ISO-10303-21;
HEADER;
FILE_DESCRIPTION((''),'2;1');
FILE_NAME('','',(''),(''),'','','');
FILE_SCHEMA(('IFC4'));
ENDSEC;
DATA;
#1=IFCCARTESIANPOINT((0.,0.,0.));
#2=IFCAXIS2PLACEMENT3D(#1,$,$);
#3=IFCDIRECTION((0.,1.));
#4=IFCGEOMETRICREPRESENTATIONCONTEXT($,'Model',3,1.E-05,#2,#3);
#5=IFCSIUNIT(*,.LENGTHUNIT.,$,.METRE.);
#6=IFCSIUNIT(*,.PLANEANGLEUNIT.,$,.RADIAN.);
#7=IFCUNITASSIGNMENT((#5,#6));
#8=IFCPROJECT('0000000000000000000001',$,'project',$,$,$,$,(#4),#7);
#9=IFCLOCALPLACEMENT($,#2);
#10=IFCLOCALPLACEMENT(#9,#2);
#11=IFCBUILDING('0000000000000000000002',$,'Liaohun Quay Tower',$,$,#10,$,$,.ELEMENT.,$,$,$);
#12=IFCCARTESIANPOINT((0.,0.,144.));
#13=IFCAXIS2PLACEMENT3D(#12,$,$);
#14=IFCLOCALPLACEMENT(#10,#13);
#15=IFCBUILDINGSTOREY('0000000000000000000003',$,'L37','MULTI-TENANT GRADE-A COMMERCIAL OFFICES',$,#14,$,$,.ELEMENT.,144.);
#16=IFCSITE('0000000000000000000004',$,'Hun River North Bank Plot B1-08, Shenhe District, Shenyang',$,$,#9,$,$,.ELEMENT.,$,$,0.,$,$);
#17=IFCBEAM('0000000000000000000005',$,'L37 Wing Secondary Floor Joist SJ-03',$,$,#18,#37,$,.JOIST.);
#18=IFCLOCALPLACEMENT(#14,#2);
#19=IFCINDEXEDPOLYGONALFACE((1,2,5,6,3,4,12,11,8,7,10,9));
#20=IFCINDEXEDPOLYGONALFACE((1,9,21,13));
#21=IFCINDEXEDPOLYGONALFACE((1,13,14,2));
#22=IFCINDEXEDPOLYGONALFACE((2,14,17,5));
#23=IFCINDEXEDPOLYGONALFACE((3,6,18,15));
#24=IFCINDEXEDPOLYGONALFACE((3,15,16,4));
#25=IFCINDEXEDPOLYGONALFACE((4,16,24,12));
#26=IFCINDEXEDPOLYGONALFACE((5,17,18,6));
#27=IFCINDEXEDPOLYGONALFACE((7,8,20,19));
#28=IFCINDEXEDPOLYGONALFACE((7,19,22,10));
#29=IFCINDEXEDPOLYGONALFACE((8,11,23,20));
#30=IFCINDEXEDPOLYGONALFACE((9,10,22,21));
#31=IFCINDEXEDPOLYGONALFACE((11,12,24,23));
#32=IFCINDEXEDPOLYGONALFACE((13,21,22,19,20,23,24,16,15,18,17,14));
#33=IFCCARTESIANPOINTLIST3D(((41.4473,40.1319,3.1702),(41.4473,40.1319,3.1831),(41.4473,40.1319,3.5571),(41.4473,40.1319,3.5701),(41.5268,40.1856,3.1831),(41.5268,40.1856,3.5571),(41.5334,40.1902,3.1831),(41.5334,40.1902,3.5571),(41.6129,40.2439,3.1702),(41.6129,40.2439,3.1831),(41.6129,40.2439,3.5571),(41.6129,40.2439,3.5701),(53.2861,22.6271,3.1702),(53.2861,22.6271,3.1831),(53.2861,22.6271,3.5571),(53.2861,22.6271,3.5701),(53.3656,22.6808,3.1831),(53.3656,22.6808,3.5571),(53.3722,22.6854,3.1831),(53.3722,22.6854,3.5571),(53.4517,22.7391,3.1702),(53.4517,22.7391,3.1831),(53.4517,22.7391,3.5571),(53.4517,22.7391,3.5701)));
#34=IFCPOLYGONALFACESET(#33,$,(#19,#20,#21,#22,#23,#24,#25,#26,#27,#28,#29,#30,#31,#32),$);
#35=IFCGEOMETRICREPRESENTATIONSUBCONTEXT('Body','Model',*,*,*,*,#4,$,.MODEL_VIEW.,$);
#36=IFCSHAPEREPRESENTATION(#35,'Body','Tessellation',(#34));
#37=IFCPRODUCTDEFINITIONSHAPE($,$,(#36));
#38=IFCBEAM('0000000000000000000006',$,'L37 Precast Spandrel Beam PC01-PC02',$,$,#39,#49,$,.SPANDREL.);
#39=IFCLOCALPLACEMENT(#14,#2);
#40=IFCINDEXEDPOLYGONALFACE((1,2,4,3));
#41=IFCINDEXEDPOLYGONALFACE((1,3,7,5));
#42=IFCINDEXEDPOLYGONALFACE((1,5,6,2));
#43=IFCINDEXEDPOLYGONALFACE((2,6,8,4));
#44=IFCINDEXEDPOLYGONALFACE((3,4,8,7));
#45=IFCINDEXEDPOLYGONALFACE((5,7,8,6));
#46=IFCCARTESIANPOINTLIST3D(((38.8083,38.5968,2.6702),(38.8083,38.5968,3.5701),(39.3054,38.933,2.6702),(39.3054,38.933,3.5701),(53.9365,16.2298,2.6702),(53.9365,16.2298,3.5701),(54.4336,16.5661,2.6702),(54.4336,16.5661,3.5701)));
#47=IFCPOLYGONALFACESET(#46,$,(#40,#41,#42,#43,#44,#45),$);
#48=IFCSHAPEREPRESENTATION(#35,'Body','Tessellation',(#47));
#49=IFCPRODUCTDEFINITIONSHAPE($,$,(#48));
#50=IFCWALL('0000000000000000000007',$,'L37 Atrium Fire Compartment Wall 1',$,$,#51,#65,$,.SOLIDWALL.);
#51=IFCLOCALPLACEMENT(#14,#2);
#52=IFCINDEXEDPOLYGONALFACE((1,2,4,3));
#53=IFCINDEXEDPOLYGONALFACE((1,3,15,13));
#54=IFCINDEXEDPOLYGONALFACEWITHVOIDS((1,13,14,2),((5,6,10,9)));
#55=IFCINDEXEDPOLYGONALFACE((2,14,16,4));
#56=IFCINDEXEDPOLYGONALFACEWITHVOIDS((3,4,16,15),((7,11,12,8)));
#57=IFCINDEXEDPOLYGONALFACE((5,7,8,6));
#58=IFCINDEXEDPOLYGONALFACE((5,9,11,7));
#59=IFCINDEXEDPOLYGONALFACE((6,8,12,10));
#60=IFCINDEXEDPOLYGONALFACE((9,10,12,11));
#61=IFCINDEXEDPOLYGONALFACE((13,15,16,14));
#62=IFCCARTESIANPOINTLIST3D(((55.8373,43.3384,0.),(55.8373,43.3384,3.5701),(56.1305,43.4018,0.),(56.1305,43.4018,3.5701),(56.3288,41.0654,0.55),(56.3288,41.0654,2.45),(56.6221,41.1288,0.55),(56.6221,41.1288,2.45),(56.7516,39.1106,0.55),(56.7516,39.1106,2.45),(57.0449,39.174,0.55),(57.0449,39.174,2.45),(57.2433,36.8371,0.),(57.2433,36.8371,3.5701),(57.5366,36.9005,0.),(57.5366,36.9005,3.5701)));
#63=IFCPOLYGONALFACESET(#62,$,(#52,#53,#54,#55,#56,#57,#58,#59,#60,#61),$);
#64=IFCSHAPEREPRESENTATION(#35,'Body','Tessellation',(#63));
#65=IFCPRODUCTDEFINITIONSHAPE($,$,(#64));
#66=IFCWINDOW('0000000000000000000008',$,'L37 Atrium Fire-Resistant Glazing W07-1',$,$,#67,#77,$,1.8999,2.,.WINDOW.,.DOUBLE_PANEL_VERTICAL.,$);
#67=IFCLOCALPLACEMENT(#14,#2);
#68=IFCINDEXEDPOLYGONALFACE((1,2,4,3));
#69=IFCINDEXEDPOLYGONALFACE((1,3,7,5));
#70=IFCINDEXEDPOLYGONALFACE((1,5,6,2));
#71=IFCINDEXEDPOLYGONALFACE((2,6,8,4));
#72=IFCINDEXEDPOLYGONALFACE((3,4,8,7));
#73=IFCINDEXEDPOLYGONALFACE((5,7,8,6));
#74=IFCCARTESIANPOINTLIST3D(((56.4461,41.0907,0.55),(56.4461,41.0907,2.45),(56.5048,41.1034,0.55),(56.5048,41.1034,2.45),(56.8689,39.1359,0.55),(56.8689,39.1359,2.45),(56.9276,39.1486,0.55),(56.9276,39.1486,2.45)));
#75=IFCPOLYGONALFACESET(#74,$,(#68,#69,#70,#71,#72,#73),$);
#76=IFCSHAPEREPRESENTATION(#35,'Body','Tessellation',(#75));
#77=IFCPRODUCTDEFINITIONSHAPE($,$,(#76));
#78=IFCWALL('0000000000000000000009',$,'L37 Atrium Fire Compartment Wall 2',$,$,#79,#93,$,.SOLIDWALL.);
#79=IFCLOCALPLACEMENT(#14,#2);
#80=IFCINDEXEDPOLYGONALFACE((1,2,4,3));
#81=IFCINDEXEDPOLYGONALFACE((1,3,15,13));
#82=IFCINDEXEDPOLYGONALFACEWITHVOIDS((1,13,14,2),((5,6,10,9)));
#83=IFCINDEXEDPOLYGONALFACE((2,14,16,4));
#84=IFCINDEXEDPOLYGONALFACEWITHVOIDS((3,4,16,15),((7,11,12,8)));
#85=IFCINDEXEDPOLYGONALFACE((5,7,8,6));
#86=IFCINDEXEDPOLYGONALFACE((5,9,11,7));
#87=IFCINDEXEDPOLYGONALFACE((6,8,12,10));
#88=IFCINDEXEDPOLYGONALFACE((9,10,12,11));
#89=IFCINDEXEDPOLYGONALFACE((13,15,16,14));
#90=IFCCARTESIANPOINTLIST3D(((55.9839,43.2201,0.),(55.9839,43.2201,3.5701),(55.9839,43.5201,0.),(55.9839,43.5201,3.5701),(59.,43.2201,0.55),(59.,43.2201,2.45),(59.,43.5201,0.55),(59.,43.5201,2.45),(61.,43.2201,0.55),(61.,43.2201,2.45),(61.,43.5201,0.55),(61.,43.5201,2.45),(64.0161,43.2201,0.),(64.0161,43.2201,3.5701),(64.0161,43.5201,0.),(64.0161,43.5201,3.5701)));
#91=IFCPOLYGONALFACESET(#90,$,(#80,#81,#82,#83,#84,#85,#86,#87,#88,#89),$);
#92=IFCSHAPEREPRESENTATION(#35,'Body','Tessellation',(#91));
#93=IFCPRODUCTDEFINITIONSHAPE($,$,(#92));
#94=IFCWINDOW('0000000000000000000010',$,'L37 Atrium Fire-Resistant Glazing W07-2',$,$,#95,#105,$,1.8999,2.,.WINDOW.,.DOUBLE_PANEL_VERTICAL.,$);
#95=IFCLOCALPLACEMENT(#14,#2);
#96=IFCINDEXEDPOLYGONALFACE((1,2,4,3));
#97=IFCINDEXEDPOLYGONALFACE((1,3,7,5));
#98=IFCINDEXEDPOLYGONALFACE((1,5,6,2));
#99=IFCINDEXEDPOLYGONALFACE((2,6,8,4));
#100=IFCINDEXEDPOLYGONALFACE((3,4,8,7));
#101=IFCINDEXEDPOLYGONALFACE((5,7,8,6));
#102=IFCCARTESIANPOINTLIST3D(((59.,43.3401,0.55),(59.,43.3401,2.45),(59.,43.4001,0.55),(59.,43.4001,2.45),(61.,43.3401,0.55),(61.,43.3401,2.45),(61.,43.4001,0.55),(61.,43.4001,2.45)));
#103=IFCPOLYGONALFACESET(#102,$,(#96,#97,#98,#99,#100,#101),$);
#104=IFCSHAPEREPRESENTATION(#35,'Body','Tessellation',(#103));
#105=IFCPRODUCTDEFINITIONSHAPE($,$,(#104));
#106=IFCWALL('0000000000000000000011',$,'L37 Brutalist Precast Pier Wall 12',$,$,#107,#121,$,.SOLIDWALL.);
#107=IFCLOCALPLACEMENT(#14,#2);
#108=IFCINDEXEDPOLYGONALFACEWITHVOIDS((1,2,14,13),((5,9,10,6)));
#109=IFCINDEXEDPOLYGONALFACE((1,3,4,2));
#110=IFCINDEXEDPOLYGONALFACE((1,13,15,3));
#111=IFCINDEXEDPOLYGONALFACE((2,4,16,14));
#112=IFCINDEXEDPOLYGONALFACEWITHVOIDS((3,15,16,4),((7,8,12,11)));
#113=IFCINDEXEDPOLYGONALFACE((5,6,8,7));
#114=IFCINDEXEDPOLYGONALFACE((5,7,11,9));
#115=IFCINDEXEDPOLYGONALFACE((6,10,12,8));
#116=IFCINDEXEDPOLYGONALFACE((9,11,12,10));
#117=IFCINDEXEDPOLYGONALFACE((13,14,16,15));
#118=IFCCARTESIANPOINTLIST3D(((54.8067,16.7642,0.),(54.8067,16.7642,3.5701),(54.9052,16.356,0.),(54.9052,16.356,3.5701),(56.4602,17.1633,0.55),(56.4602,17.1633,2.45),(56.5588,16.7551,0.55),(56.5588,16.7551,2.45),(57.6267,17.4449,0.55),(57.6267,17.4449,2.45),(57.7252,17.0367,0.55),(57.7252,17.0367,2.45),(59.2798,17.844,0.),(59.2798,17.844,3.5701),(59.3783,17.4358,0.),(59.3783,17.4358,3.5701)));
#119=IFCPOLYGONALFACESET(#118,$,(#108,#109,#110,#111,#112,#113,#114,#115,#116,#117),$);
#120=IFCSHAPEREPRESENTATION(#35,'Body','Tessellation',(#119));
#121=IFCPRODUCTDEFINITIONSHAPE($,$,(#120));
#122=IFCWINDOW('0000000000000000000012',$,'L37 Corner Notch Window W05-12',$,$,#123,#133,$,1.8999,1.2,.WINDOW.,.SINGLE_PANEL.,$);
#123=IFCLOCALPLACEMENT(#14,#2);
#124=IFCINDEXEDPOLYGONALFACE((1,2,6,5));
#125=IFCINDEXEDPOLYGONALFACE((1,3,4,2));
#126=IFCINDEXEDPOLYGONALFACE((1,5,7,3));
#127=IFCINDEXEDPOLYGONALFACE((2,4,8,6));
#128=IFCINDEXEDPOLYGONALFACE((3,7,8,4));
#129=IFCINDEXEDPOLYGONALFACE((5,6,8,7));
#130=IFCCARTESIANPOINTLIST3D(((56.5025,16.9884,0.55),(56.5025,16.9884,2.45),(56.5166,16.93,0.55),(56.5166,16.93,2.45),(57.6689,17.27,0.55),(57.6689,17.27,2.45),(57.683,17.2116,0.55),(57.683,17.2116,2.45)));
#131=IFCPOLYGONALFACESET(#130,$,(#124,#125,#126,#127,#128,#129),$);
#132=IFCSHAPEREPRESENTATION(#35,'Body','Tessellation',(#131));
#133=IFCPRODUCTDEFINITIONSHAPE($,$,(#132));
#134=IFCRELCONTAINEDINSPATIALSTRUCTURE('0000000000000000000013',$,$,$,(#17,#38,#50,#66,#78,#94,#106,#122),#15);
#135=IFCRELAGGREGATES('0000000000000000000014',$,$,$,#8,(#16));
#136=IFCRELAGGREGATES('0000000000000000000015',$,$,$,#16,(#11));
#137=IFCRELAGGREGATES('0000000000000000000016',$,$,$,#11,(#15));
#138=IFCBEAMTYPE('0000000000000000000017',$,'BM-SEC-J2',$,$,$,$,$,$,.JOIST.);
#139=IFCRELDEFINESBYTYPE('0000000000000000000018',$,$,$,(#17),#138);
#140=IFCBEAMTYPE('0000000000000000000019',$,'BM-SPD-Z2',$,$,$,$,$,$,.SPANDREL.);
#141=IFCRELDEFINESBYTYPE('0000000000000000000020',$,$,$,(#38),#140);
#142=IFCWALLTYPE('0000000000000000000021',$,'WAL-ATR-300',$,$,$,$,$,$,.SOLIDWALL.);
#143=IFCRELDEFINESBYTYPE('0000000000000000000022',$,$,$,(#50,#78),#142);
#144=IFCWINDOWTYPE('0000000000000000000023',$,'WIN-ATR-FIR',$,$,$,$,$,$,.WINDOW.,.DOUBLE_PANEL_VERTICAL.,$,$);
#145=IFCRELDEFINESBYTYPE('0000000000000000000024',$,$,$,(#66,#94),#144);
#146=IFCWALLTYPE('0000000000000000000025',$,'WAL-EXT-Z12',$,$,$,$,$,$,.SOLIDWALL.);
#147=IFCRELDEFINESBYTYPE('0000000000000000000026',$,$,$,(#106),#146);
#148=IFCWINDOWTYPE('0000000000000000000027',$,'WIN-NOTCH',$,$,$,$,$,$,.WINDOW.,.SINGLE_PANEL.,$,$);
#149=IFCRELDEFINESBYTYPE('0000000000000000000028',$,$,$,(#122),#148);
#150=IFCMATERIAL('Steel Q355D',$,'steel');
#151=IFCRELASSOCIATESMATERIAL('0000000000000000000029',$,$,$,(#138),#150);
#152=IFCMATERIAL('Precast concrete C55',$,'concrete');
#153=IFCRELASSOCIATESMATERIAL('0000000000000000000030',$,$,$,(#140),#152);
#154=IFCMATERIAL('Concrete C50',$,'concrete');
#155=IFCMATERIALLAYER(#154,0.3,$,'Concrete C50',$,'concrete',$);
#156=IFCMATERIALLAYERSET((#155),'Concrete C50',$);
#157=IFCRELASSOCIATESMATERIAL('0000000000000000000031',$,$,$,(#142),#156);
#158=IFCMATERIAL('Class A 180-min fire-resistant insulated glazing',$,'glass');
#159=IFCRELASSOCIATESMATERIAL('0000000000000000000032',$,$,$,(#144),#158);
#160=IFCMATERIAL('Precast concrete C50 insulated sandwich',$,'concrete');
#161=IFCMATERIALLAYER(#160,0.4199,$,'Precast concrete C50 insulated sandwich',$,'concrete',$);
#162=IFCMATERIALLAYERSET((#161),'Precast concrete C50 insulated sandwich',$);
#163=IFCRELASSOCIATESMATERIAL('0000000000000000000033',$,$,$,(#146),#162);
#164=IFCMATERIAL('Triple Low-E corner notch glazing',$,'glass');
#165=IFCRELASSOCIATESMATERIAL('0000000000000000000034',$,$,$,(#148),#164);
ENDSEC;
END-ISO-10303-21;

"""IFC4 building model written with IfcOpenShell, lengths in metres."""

from ifc_helpers import new_model, si_unit, direction, frame, frame_2d, origin, origin_2d, place, context, subcontext, project, spatial, rectangle, i_section, extrude, source, transform, mapped, material, layer, layer_set, material_profile, profile_set, type_object, element, fill, save


model = new_model("IFC4")

# Units and contexts
model_context = context("Model", 3, precision=1e-05, world=origin(), true_north=direction((0.0, 1.0)))
body_context = subcontext(model_context, "Body", "Model", "MODEL_VIEW")
ifc_project = project(units=[si_unit("LENGTHUNIT", "METRE"), si_unit("PLANEANGLEUNIT", "RADIAN")], contexts=[model_context])

# Site, building, storey
site_placement = place(None, origin())
site = spatial("IfcSite", under=ifc_project, at=site_placement, Name="Hun River North Bank Plot B1-08, Shenhe District, Shenyang", CompositionType="ELEMENT", RefElevation=0.0)
building_placement = place(site_placement, origin())
building = spatial("IfcBuilding", under=site, at=building_placement, Name="Liaohun Quay Tower", CompositionType="ELEMENT")
storey_placement = place(building_placement, frame((0.0, 0.0, 144.0)))
storey = spatial("IfcBuildingStorey", under=building, at=storey_placement, Name="L37", Description="MULTI-TENANT GRADE-A COMMERCIAL OFFICES", CompositionType="ELEMENT", Elevation=144.0)

# Beams
ifc_material_1 = material(Name="Steel Q355D", Category="steel")
ifc_material_profile_1 = material_profile(ifc_material_1, i_section(OverallWidth=0.2, OverallDepth=0.3999, WebThickness=0.0081, FlangeThickness=0.0129, at=origin_2d()), Name="HN400x200x8x13")
ifc_profile_set_1 = profile_set([ifc_material_profile_1], Name="Steel Q355D")
beam_type_1 = type_object("IfcBeamType", Name="BM-SEC-J2", PredefinedType="JOIST", material=ifc_profile_set_1)
shared_shape_1 = source(origin(), body_context, "Body", "SweptSolid", [
    extrude(i_section(OverallWidth=0.2, OverallDepth=0.3999, WebThickness=0.0081, FlangeThickness=0.0129, at=origin_2d()), origin(), (0.0, 0.0, 1.0), 21.1323),
])
beam_1_placement = place(storey_placement, frame((53.3689, 22.6831, 3.3701), z_axis=(-0.560223, 0.828342, 0.0), x_axis=(-0.828342, -0.560223, 0.0)))
element("IfcBeam", 1, at=beam_1_placement, inside=storey, type_object=beam_type_1, Name="L37 Wing Secondary Floor Joist SJ-03", PredefinedType="JOIST", context=body_context, shape_type="MappedRepresentation", body=[
    mapped(shared_shape_1, transform((0.0, 0.0, 0.0), x_axis=(1.0, 0.0, 0.0), y_axis=(0.0, 1.0, 0.0), z_axis=(0.0, 0.0, 1.0), scale=1.0)),
])
ifc_material_2 = material(Name="Precast concrete C55", Category="concrete")
ifc_material_profile_2 = material_profile(ifc_material_2, rectangle(XDim=0.6001, YDim=0.8999, at=origin_2d()), Name="RC600x900")
ifc_profile_set_2 = profile_set([ifc_material_profile_2], Name="Precast concrete C55")
beam_type_2 = type_object("IfcBeamType", Name="BM-SPD-Z2", PredefinedType="SPANDREL", material=ifc_profile_set_2)
shared_shape_2 = source(origin(), body_context, "Body", "SweptSolid", [
    extrude(rectangle(XDim=0.6001, YDim=0.8999, at=origin_2d()), origin(), (0.0, 0.0, 1.0), 27.0027),
])
beam_2_placement = place(storey_placement, frame((54.1851, 16.3979, 3.1201), z_axis=(-0.560248, 0.828325, 0.0), x_axis=(-0.828325, -0.560248, 0.0)))
element("IfcBeam", 2, at=beam_2_placement, inside=storey, type_object=beam_type_2, Name="L37 Precast Spandrel Beam PC01-PC02", PredefinedType="SPANDREL", context=body_context, shape_type="MappedRepresentation", body=[
    mapped(shared_shape_2, transform((0.0, 0.0, 0.0), x_axis=(1.0, 0.0, 0.0), y_axis=(0.0, 1.0, 0.0), z_axis=(0.0, 0.0, 1.0), scale=1.0)),
])

# Walls, openings, windows
ifc_material_3 = material(Name="Concrete C50", Category="concrete")
ifc_layer_1 = layer(ifc_material_3, 0.3, Name="Concrete C50", Category="concrete")
ifc_layer_set_1 = layer_set([ifc_layer_1], Name="Concrete C50")
wall_type_1 = type_object("IfcWallType", Name="WAL-ATR-300", PredefinedType="SOLIDWALL", material=ifc_layer_set_1)
wall_1_placement = place(storey_placement, frame((57.3899, 36.8689, 0.0), z_axis=(0.0, 0.0, 1.0), x_axis=(-0.211381, 0.977404, 0.0)))
wall_1 = element("IfcWall", 3, at=wall_1_placement, inside=storey, type_object=wall_type_1, Name="L37 Atrium Fire Compartment Wall 1", PredefinedType="SOLIDWALL", context=body_context, shape_type="SweptSolid", body=[
    extrude(rectangle(XDim=6.6516, YDim=0.3, at=frame_2d((3.3257, 0.0))), origin(), (0.0, 0.0, 1.0), 3.5701),
])
shared_shape_3 = source(origin(), body_context, "Body", "SweptSolid", [
    extrude(rectangle(XDim=2.0, YDim=1.8999, at=frame_2d((1.0, 0.95))), frame((0.0, 0.1599, 0.0), z_axis=(0.0, -1.0, 0.0), x_axis=(1.0, 0.0, 0.0)), (0.0, 0.0, 1.0), 0.3201),
])
opening_1_placement = place(wall_1_placement, frame((2.3259, 0.0, 0.55)))
opening_1 = element("IfcOpeningElement", 4, at=opening_1_placement, cuts=wall_1, PredefinedType="OPENING", context=body_context, shape_type="MappedRepresentation", body=[
    mapped(shared_shape_3, transform((0.0, 0.0, 0.0), x_axis=(1.0, 0.0, 0.0), y_axis=(0.0, 1.0, 0.0), z_axis=(0.0, 0.0, 1.0), scale=1.0)),
])
ifc_material_4 = material(Name="Class A 180-min fire-resistant insulated glazing", Category="glass")
window_type_1 = type_object("IfcWindowType", Name="WIN-ATR-FIR", PartitioningType="DOUBLE_PANEL_VERTICAL", PredefinedType="WINDOW", material=ifc_material_4)
shared_shape_4 = source(origin(), body_context, "Body", "SweptSolid", [
    extrude(rectangle(XDim=2.0, YDim=1.8999, at=frame_2d((1.0, 0.95))), frame((0.0, 0.03, 0.0), z_axis=(0.0, -1.0, 0.0), x_axis=(1.0, 0.0, 0.0)), (0.0, 0.0, 1.0), 0.0601),
])
window_1_placement = place(opening_1_placement, origin())
window_1 = element("IfcWindow", 5, at=window_1_placement, inside=storey, type_object=window_type_1, Name="L37 Atrium Fire-Resistant Glazing W07-1", OverallHeight=1.8999, OverallWidth=2.0, PartitioningType="DOUBLE_PANEL_VERTICAL", PredefinedType="WINDOW", context=body_context, shape_type="MappedRepresentation", body=[
    mapped(shared_shape_4, transform((0.0, 0.0, 0.0), x_axis=(1.0, 0.0, 0.0), y_axis=(0.0, 1.0, 0.0), z_axis=(0.0, 0.0, 1.0), scale=1.0)),
])
fill(opening_1, window_1)
wall_2_placement = place(storey_placement, frame((55.9839, 43.3701, 0.0), z_axis=(0.0, 0.0, 1.0), x_axis=(1.0, 0.0, 0.0)))
wall_2 = element("IfcWall", 6, at=wall_2_placement, inside=storey, type_object=wall_type_1, Name="L37 Atrium Fire Compartment Wall 2", PredefinedType="SOLIDWALL", context=body_context, shape_type="SweptSolid", body=[
    extrude(rectangle(XDim=8.0322, YDim=0.3, at=frame_2d((4.0161, 0.0))), origin(), (0.0, 0.0, 1.0), 3.5701),
])
opening_2_placement = place(wall_2_placement, frame((3.0161, 0.0, 0.55)))
opening_2 = element("IfcOpeningElement", 7, at=opening_2_placement, cuts=wall_2, PredefinedType="OPENING", context=body_context, shape_type="MappedRepresentation", body=[
    mapped(shared_shape_3, transform((0.0, 0.0, 0.0), x_axis=(1.0, 0.0, 0.0), y_axis=(0.0, 1.0, 0.0), z_axis=(0.0, 0.0, 1.0), scale=1.0)),
])
window_2_placement = place(opening_2_placement, origin())
window_2 = element("IfcWindow", 8, at=window_2_placement, inside=storey, type_object=window_type_1, Name="L37 Atrium Fire-Resistant Glazing W07-2", OverallHeight=1.8999, OverallWidth=2.0, PartitioningType="DOUBLE_PANEL_VERTICAL", PredefinedType="WINDOW", context=body_context, shape_type="MappedRepresentation", body=[
    mapped(shared_shape_4, transform((0.0, 0.0, 0.0), x_axis=(1.0, 0.0, 0.0), y_axis=(0.0, 1.0, 0.0), z_axis=(0.0, 0.0, 1.0), scale=1.0)),
])
fill(opening_2, window_2)
ifc_material_5 = material(Name="Precast concrete C50 insulated sandwich", Category="concrete")
ifc_layer_2 = layer(ifc_material_5, 0.4199, Name="Precast concrete C50 insulated sandwich", Category="concrete")
ifc_layer_set_2 = layer_set([ifc_layer_2], Name="Precast concrete C50 insulated sandwich")
wall_type_2 = type_object("IfcWallType", Name="WAL-EXT-Z12", PredefinedType="SOLIDWALL", material=ifc_layer_set_2)
wall_3_placement = place(storey_placement, frame((54.856, 16.5601, 0.0), z_axis=(0.0, 0.0, 1.0), x_axis=(0.972077, 0.234663, 0.0)))
wall_3 = element("IfcWall", 9, at=wall_3_placement, inside=storey, type_object=wall_type_2, Name="L37 Brutalist Precast Pier Wall 12", PredefinedType="SOLIDWALL", context=body_context, shape_type="SweptSolid", body=[
    extrude(rectangle(XDim=4.6016, YDim=0.4199, at=frame_2d((2.3008, 0.0))), origin(), (0.0, 0.0, 1.0), 3.5701),
])
shared_shape_5 = source(origin(), body_context, "Body", "SweptSolid", [
    extrude(rectangle(XDim=1.2, YDim=1.8999, at=frame_2d((0.6001, 0.95))), frame((0.0, 0.22, 0.0), z_axis=(0.0, -1.0, 0.0), x_axis=(1.0, 0.0, 0.0)), (0.0, 0.0, 1.0), 0.4399),
])
opening_3_placement = place(wall_3_placement, frame((1.7009, 0.0, 0.55)))
opening_3 = element("IfcOpeningElement", 10, at=opening_3_placement, cuts=wall_3, PredefinedType="OPENING", context=body_context, shape_type="MappedRepresentation", body=[
    mapped(shared_shape_5, transform((0.0, 0.0, 0.0), x_axis=(1.0, 0.0, 0.0), y_axis=(0.0, 1.0, 0.0), z_axis=(0.0, 0.0, 1.0), scale=1.0)),
])
ifc_material_6 = material(Name="Triple Low-E corner notch glazing", Category="glass")
window_type_2 = type_object("IfcWindowType", Name="WIN-NOTCH", PartitioningType="SINGLE_PANEL", PredefinedType="WINDOW", material=ifc_material_6)
shared_shape_6 = source(origin(), body_context, "Body", "SweptSolid", [
    extrude(rectangle(XDim=1.2, YDim=1.8999, at=frame_2d((0.6001, 0.95))), frame((0.0, 0.03, 0.0), z_axis=(0.0, -1.0, 0.0), x_axis=(1.0, 0.0, 0.0)), (0.0, 0.0, 1.0), 0.0601),
])
window_3_placement = place(opening_3_placement, origin())
window_3 = element("IfcWindow", 11, at=window_3_placement, inside=storey, type_object=window_type_2, Name="L37 Corner Notch Window W05-12", OverallHeight=1.8999, OverallWidth=1.2, PartitioningType="SINGLE_PANEL", PredefinedType="WINDOW", context=body_context, shape_type="MappedRepresentation", body=[
    mapped(shared_shape_6, transform((0.0, 0.0, 0.0), x_axis=(1.0, 0.0, 0.0), y_axis=(0.0, 1.0, 0.0), z_axis=(0.0, 0.0, 1.0), scale=1.0)),
])
fill(opening_3, window_3)

save(model, "model.ifc")
